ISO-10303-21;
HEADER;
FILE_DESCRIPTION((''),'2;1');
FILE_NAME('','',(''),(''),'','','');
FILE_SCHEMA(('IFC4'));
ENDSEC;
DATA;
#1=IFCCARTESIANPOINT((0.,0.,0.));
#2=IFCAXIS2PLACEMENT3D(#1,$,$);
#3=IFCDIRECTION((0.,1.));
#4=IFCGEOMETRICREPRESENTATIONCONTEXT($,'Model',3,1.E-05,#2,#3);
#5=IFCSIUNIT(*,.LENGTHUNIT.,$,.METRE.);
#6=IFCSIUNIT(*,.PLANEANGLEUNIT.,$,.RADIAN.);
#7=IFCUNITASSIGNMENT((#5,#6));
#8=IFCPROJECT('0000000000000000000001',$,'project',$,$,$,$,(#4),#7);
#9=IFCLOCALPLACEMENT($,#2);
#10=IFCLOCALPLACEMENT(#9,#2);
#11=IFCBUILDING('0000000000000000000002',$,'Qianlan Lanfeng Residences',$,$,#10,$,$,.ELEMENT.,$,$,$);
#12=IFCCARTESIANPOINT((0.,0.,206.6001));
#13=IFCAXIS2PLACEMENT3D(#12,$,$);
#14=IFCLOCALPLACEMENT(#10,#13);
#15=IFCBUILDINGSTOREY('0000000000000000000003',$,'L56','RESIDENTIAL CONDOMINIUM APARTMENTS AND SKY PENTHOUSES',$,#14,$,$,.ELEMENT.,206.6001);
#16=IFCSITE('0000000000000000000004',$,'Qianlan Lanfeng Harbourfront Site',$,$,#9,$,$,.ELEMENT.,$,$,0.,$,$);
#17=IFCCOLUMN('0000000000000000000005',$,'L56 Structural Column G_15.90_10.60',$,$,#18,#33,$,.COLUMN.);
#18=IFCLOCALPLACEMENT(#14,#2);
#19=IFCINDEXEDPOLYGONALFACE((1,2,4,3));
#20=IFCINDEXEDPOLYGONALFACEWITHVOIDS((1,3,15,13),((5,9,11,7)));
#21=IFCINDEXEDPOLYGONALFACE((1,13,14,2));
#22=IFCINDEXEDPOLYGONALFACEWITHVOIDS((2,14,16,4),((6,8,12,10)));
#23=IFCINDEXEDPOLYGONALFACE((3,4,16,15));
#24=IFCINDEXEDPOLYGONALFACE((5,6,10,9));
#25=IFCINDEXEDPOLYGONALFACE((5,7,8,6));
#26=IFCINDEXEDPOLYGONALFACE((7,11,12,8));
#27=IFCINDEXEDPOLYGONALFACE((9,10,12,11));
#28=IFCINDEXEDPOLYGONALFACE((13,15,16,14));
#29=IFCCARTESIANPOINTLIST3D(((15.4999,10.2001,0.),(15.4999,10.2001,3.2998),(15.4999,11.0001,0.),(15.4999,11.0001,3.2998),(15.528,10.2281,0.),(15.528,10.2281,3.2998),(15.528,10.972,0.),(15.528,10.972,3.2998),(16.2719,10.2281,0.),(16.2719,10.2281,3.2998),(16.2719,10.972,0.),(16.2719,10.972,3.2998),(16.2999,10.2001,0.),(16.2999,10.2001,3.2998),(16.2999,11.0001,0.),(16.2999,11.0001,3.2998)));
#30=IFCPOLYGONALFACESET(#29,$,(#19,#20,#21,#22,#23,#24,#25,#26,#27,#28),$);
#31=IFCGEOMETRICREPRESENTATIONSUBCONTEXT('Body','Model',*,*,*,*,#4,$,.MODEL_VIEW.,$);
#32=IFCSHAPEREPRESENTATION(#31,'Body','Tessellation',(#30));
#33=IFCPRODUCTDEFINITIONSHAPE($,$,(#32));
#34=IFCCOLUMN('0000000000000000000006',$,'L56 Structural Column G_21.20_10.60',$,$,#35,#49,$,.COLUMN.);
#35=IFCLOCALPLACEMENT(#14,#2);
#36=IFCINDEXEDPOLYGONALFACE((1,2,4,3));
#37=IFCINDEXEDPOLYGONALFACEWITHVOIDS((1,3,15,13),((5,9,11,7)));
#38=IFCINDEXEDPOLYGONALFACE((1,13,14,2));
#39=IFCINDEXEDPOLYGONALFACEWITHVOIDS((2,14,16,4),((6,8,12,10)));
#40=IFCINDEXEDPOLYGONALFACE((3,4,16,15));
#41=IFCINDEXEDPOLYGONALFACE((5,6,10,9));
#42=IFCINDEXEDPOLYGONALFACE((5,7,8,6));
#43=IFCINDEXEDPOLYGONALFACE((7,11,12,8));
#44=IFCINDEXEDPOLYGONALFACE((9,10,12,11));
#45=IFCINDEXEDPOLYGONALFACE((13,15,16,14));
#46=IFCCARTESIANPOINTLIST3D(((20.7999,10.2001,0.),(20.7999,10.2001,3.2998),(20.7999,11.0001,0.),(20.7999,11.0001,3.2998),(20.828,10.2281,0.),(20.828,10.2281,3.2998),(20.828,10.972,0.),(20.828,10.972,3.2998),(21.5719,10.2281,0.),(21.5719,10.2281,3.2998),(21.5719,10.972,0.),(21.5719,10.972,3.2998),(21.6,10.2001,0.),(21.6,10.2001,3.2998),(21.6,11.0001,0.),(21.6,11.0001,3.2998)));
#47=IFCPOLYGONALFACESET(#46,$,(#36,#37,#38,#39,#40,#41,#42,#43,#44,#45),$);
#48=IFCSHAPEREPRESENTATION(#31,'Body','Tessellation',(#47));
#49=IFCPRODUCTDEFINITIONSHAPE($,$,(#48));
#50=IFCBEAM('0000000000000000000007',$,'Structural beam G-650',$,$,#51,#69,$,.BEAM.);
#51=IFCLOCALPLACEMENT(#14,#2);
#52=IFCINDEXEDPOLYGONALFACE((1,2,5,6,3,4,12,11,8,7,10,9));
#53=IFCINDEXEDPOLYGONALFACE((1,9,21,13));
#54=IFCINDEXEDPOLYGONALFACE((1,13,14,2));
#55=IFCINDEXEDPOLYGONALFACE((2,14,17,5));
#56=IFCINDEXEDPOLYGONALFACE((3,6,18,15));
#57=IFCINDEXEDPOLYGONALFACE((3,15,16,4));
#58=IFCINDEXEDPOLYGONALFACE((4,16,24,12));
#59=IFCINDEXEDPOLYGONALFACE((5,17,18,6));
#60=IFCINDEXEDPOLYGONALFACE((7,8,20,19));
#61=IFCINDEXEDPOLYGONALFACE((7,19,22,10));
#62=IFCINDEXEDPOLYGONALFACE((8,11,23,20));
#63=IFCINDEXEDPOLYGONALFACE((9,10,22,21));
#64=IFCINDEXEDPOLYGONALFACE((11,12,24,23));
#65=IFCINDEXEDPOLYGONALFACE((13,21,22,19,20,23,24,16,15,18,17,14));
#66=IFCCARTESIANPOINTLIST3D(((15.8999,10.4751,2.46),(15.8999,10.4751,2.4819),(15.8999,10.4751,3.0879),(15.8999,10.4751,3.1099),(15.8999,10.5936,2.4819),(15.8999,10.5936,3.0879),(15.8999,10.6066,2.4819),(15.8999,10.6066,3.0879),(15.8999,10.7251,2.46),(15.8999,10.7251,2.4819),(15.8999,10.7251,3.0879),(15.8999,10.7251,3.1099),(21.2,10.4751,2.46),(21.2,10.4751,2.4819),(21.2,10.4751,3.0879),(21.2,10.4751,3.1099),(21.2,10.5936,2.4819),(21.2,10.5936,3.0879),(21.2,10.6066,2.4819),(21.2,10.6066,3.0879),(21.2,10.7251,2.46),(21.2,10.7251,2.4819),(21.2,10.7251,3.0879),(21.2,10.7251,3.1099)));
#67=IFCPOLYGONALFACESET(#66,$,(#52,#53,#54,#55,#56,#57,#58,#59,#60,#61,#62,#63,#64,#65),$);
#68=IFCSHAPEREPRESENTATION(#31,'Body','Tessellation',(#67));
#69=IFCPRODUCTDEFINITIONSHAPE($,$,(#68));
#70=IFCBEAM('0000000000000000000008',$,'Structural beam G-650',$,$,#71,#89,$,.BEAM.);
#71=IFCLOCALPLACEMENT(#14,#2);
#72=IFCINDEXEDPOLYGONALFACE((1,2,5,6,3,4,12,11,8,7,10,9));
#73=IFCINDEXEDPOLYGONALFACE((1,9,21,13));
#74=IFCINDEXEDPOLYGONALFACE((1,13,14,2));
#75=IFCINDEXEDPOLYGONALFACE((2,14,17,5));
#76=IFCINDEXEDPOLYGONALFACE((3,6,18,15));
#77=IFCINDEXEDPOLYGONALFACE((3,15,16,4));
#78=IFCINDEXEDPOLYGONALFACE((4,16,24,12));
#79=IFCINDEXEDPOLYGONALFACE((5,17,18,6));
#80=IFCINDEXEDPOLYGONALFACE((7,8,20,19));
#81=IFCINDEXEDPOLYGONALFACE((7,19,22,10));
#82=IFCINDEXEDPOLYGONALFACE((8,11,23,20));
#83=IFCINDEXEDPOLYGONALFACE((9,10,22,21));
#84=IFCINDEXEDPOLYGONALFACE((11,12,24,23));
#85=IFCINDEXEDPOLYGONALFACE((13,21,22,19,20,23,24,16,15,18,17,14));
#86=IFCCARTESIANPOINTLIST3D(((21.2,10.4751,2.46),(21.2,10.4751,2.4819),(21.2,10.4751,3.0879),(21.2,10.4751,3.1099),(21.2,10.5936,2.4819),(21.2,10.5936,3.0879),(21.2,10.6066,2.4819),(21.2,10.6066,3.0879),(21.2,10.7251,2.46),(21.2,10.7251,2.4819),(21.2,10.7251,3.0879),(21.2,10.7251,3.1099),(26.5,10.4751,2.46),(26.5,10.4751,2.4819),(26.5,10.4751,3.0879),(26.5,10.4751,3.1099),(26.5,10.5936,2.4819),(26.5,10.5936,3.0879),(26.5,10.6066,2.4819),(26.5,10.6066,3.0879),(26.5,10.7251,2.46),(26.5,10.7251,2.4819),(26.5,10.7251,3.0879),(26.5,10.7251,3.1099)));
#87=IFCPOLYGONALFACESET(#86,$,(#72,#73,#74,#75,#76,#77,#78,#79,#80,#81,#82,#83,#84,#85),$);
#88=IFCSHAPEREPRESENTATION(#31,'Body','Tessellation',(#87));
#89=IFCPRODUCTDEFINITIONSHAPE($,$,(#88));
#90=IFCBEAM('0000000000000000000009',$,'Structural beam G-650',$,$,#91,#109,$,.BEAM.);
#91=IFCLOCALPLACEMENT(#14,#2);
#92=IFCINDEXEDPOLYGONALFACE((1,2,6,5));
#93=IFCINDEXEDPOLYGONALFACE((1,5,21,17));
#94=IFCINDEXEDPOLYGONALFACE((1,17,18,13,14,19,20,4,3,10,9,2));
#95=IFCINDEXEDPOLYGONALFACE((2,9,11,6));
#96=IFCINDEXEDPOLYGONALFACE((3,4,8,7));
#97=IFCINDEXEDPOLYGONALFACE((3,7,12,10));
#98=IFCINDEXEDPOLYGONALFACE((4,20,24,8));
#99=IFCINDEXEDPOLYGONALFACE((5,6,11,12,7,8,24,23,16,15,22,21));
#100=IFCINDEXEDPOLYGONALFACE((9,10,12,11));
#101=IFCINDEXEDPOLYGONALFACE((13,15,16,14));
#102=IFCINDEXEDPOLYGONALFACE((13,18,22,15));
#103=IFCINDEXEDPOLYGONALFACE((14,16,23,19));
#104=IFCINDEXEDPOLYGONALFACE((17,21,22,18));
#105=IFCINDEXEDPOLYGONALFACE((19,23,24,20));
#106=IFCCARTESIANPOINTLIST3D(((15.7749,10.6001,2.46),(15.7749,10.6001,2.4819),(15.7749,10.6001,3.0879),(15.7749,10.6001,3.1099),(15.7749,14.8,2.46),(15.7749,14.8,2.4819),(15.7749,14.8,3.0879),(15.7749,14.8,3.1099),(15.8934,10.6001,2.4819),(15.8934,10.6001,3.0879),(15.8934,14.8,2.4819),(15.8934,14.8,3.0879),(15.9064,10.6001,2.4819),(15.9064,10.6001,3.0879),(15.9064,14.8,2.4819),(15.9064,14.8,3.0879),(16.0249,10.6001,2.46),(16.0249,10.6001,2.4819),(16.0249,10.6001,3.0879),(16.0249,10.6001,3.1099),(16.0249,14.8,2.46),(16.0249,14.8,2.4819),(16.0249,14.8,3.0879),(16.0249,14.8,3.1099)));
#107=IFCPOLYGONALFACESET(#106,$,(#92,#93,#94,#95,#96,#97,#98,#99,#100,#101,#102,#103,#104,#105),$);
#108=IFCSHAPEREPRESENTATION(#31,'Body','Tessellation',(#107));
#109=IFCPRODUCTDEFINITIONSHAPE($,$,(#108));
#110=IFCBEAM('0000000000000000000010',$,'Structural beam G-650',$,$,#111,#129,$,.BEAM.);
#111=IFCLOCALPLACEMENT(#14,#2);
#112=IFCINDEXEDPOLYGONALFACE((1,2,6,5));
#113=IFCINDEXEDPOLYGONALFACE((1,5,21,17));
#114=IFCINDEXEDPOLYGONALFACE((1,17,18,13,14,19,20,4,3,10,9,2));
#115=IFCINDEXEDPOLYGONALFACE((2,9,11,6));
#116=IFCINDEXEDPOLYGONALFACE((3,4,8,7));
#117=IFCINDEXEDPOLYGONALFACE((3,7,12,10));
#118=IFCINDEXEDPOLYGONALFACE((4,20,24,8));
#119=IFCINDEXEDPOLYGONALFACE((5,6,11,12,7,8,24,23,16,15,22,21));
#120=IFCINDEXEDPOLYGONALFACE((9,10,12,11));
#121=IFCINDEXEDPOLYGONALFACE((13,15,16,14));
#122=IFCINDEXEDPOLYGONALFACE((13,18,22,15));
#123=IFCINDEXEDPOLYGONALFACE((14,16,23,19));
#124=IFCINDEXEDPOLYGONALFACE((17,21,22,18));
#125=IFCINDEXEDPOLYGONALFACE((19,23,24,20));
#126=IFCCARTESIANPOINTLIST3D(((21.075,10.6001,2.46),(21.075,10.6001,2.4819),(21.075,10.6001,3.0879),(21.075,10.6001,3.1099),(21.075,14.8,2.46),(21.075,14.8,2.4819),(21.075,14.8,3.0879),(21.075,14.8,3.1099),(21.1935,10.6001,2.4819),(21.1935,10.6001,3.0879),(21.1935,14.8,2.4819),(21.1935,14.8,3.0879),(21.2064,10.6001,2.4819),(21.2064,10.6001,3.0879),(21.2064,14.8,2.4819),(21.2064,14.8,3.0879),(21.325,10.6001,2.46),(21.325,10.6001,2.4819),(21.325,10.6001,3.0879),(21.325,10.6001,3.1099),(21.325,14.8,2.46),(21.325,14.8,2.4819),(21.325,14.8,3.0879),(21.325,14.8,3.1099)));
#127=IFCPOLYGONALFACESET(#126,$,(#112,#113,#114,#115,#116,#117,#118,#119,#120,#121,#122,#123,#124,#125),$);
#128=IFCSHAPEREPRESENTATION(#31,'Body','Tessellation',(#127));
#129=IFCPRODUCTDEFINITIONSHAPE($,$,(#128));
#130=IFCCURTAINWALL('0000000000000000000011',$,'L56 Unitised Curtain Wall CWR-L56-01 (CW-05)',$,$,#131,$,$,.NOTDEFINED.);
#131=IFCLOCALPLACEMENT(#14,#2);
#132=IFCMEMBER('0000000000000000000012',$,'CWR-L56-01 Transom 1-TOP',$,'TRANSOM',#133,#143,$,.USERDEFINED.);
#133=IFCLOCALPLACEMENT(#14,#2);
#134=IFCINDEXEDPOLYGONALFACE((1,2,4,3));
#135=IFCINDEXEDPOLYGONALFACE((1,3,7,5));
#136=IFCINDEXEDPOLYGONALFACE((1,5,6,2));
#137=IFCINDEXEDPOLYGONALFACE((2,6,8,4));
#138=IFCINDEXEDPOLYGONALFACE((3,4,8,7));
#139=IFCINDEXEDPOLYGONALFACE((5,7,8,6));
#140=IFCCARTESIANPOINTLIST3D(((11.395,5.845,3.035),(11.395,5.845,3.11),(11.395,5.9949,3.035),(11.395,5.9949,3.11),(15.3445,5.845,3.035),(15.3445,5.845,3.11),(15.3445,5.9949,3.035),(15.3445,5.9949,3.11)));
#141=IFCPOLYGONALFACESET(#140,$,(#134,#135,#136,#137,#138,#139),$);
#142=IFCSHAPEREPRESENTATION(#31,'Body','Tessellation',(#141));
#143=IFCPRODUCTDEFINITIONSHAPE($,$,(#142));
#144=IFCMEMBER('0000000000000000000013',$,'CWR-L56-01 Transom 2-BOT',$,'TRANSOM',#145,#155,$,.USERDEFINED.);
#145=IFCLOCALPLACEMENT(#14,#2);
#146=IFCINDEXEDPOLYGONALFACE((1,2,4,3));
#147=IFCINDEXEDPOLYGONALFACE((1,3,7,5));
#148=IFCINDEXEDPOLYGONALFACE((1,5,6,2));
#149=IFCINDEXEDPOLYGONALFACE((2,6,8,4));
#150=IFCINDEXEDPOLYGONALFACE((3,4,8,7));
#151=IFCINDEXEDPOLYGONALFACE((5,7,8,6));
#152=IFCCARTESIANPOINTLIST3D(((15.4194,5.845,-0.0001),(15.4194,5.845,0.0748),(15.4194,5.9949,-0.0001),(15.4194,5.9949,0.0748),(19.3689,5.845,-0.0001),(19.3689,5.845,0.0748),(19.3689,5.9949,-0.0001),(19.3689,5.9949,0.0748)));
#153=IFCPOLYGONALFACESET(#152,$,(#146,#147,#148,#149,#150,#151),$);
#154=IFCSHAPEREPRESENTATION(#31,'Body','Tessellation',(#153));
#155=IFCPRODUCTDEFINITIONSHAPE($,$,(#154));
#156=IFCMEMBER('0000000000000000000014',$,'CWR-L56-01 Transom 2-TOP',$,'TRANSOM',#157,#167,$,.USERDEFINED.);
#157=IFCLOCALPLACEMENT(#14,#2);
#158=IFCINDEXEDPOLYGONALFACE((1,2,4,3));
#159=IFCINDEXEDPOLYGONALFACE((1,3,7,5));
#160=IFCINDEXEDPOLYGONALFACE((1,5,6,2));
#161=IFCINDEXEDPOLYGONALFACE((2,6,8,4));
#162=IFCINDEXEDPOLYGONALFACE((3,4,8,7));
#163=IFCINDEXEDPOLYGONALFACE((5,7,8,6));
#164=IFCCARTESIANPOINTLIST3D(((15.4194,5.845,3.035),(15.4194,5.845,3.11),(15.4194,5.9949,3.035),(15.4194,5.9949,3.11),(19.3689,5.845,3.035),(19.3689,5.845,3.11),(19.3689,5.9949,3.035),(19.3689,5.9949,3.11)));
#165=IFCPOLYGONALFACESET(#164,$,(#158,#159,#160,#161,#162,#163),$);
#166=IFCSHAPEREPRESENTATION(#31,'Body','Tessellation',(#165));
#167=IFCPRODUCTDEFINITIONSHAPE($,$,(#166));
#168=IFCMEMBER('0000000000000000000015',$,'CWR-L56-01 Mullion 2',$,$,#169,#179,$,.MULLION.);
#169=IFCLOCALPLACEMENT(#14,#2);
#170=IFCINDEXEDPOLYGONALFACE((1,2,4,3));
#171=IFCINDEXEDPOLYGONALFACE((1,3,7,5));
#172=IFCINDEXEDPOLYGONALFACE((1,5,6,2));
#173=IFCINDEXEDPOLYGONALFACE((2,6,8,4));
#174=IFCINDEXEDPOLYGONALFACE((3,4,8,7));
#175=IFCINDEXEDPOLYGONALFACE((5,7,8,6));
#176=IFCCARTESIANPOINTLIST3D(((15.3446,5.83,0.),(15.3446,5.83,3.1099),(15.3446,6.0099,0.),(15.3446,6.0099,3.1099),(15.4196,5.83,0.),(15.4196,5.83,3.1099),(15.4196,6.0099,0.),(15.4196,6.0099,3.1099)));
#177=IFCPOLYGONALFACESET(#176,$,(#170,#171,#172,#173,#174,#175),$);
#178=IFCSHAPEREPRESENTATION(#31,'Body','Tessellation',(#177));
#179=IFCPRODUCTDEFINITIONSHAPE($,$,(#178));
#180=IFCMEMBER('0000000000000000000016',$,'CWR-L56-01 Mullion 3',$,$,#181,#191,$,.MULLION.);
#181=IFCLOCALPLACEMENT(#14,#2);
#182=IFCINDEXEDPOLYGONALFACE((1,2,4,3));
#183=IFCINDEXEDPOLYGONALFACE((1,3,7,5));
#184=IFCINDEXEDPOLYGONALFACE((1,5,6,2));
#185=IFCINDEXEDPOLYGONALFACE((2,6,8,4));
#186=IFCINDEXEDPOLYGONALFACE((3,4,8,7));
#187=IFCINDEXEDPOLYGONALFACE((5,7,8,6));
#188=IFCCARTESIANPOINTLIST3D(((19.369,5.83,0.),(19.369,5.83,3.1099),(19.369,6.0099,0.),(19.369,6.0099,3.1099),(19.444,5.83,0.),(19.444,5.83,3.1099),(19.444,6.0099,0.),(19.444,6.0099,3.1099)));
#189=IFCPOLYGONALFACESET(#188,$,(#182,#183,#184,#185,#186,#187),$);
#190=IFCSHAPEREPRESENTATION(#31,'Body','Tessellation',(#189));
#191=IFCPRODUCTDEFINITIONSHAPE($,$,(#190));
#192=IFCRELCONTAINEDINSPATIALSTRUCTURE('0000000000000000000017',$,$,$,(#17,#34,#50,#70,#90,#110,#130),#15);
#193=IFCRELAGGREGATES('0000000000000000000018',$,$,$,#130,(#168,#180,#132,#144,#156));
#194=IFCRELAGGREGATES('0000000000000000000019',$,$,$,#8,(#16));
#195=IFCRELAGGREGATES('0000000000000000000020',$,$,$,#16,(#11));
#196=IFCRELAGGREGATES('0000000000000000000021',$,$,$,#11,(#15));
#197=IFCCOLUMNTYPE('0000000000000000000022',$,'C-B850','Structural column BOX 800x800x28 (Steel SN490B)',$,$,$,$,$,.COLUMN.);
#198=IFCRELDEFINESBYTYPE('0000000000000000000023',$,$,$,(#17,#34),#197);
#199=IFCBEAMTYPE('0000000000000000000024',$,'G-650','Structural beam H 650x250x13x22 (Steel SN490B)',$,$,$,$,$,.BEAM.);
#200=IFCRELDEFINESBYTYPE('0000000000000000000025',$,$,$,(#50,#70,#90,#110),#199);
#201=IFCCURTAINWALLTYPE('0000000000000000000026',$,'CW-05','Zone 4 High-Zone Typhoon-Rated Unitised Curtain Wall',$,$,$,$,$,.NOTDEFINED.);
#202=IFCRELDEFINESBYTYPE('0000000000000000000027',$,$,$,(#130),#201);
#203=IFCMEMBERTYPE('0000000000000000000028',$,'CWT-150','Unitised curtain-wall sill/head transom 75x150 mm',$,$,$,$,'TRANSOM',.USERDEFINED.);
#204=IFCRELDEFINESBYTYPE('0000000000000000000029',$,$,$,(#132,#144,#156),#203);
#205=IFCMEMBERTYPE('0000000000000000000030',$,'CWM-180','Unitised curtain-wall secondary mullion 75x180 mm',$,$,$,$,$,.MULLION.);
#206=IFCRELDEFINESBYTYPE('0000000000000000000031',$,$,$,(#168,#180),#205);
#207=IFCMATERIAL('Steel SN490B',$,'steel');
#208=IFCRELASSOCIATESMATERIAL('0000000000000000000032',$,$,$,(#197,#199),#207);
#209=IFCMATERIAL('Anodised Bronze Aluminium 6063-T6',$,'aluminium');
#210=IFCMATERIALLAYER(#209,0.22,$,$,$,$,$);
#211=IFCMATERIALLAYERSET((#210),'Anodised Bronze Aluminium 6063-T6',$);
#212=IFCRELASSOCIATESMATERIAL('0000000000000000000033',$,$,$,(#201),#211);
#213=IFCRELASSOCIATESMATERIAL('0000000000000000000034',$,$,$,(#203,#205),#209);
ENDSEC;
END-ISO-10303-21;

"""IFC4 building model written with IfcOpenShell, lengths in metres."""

from ifc_helpers import new_model, si_unit, direction, frame, origin, origin_2d, place, context, subcontext, project, spatial, rectangle, hollow_rectangle, i_section, extrude, source, transform, mapped, material, layer, layer_set, material_profile, profile_set, type_object, element, aggregate, save


model = new_model("IFC4")

# Units and contexts
model_context = context("Model", 3, precision=1e-05, world=origin(), true_north=direction((0.0, 1.0)))
body_context = subcontext(model_context, "Body", "Model", "MODEL_VIEW")
ifc_project = project(units=[si_unit("LENGTHUNIT", "METRE"), si_unit("PLANEANGLEUNIT", "RADIAN")], contexts=[model_context])

# Site, building, storey
site_placement = place(None, origin())
site = spatial("IfcSite", under=ifc_project, at=site_placement, Name="Qianlan Lanfeng Harbourfront Site", CompositionType="ELEMENT", RefElevation=0.0)
building_placement = place(site_placement, origin())
building = spatial("IfcBuilding", under=site, at=building_placement, Name="Qianlan Lanfeng Residences", CompositionType="ELEMENT")
storey_placement = place(building_placement, frame((0.0, 0.0, 206.6001)))
storey = spatial("IfcBuildingStorey", under=building, at=storey_placement, Name="L56", Description="RESIDENTIAL CONDOMINIUM APARTMENTS AND SKY PENTHOUSES", CompositionType="ELEMENT", Elevation=206.6001)

# Columns
ifc_material_1 = material(Name="Steel SN490B", Category="steel")
ifc_material_profile_1 = material_profile(ifc_material_1, hollow_rectangle(XDim=0.8, YDim=0.8, WallThickness=0.0281, at=origin_2d()), Name="BOX 800x800x28")
ifc_profile_set_1 = profile_set([ifc_material_profile_1], Name="Steel SN490B")
column_type = type_object("IfcColumnType", Name="C-B850", Description="Structural column BOX 800x800x28 (Steel SN490B)", PredefinedType="COLUMN", material=ifc_profile_set_1)
for number, where, z_axis, x_axis, name in (
    (1, (15.8999, 10.6001, 0.0), (0.0, 0.0, 1.0), (1.0, 0.0, 0.0), "L56 Structural Column G_15.90_10.60"),
    (2, (21.2, 10.6001, 0.0), (0.0, 0.0, 1.0), (1.0, 0.0, 0.0), "L56 Structural Column G_21.20_10.60"),
):
    element("IfcColumn", number, at=place(storey_placement, frame(where, z_axis=z_axis, x_axis=x_axis)), inside=storey, type_object=column_type, Name=name, PredefinedType="COLUMN", context=body_context, shape_type="SweptSolid", body=[
        extrude(hollow_rectangle(XDim=0.8, YDim=0.8, WallThickness=0.0281, at=origin_2d()), origin(), (0.0, 0.0, 1.0), 3.2998),
    ])

# Beams
ifc_material_profile_2 = material_profile(ifc_material_1, i_section(OverallWidth=0.25, OverallDepth=0.6499, WebThickness=0.0129, FlangeThickness=0.022, at=origin_2d()), Name="H 650x250x13x22")
ifc_profile_set_2 = profile_set([ifc_material_profile_2], Name="Steel SN490B")
beam_type = type_object("IfcBeamType", Name="G-650", Description="Structural beam H 650x250x13x22 (Steel SN490B)", PredefinedType="BEAM", material=ifc_profile_set_2)
for number, where, z_axis, x_axis, name in (
    (3, (15.8999, 10.6001, 2.7849), (1.0, 0.0, 0.0), (0.0, 1.0, 0.0), "Structural beam G-650"),
    (4, (21.2, 10.6001, 2.7849), (1.0, 0.0, 0.0), (0.0, 1.0, 0.0), "Structural beam G-650"),
):
    element("IfcBeam", number, at=place(storey_placement, frame(where, z_axis=z_axis, x_axis=x_axis)), inside=storey, type_object=beam_type, Name=name, PredefinedType="BEAM", context=body_context, shape_type="SweptSolid", body=[
        extrude(i_section(OverallWidth=0.25, OverallDepth=0.6499, WebThickness=0.0129, FlangeThickness=0.022, at=origin_2d()), origin(), (0.0, 0.0, 1.0), 5.3),
    ])
for number, where, z_axis, x_axis, name in (
    (5, (15.8999, 10.6001, 2.7849), (0.0, 1.0, 0.0), (-1.0, 0.0, 0.0), "Structural beam G-650"),
    (6, (21.2, 10.6001, 2.7849), (0.0, 1.0, 0.0), (-1.0, 0.0, 0.0), "Structural beam G-650"),
):
    element("IfcBeam", number, at=place(storey_placement, frame(where, z_axis=z_axis, x_axis=x_axis)), inside=storey, type_object=beam_type, Name=name, PredefinedType="BEAM", context=body_context, shape_type="SweptSolid", body=[
        extrude(i_section(OverallWidth=0.25, OverallDepth=0.6499, WebThickness=0.0129, FlangeThickness=0.022, at=origin_2d()), origin(), (0.0, 0.0, 1.0), 4.2),
    ])

# Curtain wall, members
ifc_material_2 = material(Name="Anodised Bronze Aluminium 6063-T6", Category="aluminium")
ifc_layer_1 = layer(ifc_material_2, 0.22)
ifc_layer_set_1 = layer_set([ifc_layer_1], Name="Anodised Bronze Aluminium 6063-T6")
curtain_wall_type = type_object("IfcCurtainWallType", Name="CW-05", Description="Zone 4 High-Zone Typhoon-Rated Unitised Curtain Wall", PredefinedType="NOTDEFINED", material=ifc_layer_set_1)
curtain_wall_placement = place(storey_placement, origin())
curtain_wall = element("IfcCurtainWall", 7, at=curtain_wall_placement, inside=storey, type_object=curtain_wall_type, Name="L56 Unitised Curtain Wall CWR-L56-01 (CW-05)", PredefinedType="NOTDEFINED")
ifc_material_profile_3 = material_profile(ifc_material_2, rectangle(XDim=0.075, YDim=0.1499, at=origin_2d()), Name="ALU TRANSOM 75x150")
ifc_profile_set_3 = profile_set([ifc_material_profile_3], Name="Anodised Bronze Aluminium 6063-T6")
member_type_1 = type_object("IfcMemberType", Name="CWT-150", Description="Unitised curtain-wall sill/head transom 75x150 mm", ElementType="TRANSOM", PredefinedType="USERDEFINED", material=ifc_profile_set_3)
shared_shape_1 = source(origin(), body_context, "Body", "SweptSolid", [
    extrude(rectangle(XDim=0.075, YDim=0.1499, at=origin_2d()), origin(), (0.0, 0.0, 1.0), 3.9495),
])
member_1_placement = place(storey_placement, frame((11.395, 5.9199, 3.0725), z_axis=(1.0, 0.0, 0.0), x_axis=(0.0, 0.0, 1.0)))
member_1 = element("IfcMember", 8, at=member_1_placement, type_object=member_type_1, Name="CWR-L56-01 Transom 1-TOP", ObjectType="TRANSOM", PredefinedType="USERDEFINED", context=body_context, shape_type="MappedRepresentation", body=[
    mapped(shared_shape_1, transform((0.0, 0.0, 0.0), scale=1.0)),
])
member_2_placement = place(storey_placement, frame((15.4194, 5.9199, 0.0374), z_axis=(1.0, 0.0, 0.0), x_axis=(0.0, 0.0, 1.0)))
member_2 = element("IfcMember", 9, at=member_2_placement, type_object=member_type_1, Name="CWR-L56-01 Transom 2-BOT", ObjectType="TRANSOM", PredefinedType="USERDEFINED", context=body_context, shape_type="MappedRepresentation", body=[
    mapped(shared_shape_1, transform((0.0, 0.0, 0.0), scale=1.0)),
])
member_3_placement = place(storey_placement, frame((15.4194, 5.9199, 3.0725), z_axis=(1.0, 0.0, 0.0), x_axis=(0.0, 0.0, 1.0)))
member_3 = element("IfcMember", 10, at=member_3_placement, type_object=member_type_1, Name="CWR-L56-01 Transom 2-TOP", ObjectType="TRANSOM", PredefinedType="USERDEFINED", context=body_context, shape_type="MappedRepresentation", body=[
    mapped(shared_shape_1, transform((0.0, 0.0, 0.0), scale=1.0)),
])
ifc_material_profile_4 = material_profile(ifc_material_2, rectangle(XDim=0.075, YDim=0.1799, at=origin_2d()), Name="ALU MULLION 75x180")
ifc_profile_set_4 = profile_set([ifc_material_profile_4], Name="Anodised Bronze Aluminium 6063-T6")
member_type_2 = type_object("IfcMemberType", Name="CWM-180", Description="Unitised curtain-wall secondary mullion 75x180 mm", PredefinedType="MULLION", material=ifc_profile_set_4)
shared_shape_2 = source(origin(), body_context, "Body", "SweptSolid", [
    extrude(rectangle(XDim=0.075, YDim=0.1799, at=origin_2d()), origin(), (0.0, 0.0, 1.0), 3.1099),
])
member_4_placement = place(storey_placement, frame((15.3821, 5.9199, 0.0), z_axis=(0.0, 0.0, 1.0), x_axis=(1.0, 0.0, 0.0)))
member_4 = element("IfcMember", 11, at=member_4_placement, type_object=member_type_2, Name="CWR-L56-01 Mullion 2", PredefinedType="MULLION", context=body_context, shape_type="MappedRepresentation", body=[
    mapped(shared_shape_2, transform((0.0, 0.0, 0.0), scale=1.0)),
])
member_5_placement = place(storey_placement, frame((19.4065, 5.9199, 0.0), z_axis=(0.0, 0.0, 1.0), x_axis=(1.0, 0.0, 0.0)))
member_5 = element("IfcMember", 12, at=member_5_placement, type_object=member_type_2, Name="CWR-L56-01 Mullion 3", PredefinedType="MULLION", context=body_context, shape_type="MappedRepresentation", body=[
    mapped(shared_shape_2, transform((0.0, 0.0, 0.0), scale=1.0)),
])
aggregate(curtain_wall, [member_4, member_5, member_1, member_2, member_3])

save(model, "model.ifc")
